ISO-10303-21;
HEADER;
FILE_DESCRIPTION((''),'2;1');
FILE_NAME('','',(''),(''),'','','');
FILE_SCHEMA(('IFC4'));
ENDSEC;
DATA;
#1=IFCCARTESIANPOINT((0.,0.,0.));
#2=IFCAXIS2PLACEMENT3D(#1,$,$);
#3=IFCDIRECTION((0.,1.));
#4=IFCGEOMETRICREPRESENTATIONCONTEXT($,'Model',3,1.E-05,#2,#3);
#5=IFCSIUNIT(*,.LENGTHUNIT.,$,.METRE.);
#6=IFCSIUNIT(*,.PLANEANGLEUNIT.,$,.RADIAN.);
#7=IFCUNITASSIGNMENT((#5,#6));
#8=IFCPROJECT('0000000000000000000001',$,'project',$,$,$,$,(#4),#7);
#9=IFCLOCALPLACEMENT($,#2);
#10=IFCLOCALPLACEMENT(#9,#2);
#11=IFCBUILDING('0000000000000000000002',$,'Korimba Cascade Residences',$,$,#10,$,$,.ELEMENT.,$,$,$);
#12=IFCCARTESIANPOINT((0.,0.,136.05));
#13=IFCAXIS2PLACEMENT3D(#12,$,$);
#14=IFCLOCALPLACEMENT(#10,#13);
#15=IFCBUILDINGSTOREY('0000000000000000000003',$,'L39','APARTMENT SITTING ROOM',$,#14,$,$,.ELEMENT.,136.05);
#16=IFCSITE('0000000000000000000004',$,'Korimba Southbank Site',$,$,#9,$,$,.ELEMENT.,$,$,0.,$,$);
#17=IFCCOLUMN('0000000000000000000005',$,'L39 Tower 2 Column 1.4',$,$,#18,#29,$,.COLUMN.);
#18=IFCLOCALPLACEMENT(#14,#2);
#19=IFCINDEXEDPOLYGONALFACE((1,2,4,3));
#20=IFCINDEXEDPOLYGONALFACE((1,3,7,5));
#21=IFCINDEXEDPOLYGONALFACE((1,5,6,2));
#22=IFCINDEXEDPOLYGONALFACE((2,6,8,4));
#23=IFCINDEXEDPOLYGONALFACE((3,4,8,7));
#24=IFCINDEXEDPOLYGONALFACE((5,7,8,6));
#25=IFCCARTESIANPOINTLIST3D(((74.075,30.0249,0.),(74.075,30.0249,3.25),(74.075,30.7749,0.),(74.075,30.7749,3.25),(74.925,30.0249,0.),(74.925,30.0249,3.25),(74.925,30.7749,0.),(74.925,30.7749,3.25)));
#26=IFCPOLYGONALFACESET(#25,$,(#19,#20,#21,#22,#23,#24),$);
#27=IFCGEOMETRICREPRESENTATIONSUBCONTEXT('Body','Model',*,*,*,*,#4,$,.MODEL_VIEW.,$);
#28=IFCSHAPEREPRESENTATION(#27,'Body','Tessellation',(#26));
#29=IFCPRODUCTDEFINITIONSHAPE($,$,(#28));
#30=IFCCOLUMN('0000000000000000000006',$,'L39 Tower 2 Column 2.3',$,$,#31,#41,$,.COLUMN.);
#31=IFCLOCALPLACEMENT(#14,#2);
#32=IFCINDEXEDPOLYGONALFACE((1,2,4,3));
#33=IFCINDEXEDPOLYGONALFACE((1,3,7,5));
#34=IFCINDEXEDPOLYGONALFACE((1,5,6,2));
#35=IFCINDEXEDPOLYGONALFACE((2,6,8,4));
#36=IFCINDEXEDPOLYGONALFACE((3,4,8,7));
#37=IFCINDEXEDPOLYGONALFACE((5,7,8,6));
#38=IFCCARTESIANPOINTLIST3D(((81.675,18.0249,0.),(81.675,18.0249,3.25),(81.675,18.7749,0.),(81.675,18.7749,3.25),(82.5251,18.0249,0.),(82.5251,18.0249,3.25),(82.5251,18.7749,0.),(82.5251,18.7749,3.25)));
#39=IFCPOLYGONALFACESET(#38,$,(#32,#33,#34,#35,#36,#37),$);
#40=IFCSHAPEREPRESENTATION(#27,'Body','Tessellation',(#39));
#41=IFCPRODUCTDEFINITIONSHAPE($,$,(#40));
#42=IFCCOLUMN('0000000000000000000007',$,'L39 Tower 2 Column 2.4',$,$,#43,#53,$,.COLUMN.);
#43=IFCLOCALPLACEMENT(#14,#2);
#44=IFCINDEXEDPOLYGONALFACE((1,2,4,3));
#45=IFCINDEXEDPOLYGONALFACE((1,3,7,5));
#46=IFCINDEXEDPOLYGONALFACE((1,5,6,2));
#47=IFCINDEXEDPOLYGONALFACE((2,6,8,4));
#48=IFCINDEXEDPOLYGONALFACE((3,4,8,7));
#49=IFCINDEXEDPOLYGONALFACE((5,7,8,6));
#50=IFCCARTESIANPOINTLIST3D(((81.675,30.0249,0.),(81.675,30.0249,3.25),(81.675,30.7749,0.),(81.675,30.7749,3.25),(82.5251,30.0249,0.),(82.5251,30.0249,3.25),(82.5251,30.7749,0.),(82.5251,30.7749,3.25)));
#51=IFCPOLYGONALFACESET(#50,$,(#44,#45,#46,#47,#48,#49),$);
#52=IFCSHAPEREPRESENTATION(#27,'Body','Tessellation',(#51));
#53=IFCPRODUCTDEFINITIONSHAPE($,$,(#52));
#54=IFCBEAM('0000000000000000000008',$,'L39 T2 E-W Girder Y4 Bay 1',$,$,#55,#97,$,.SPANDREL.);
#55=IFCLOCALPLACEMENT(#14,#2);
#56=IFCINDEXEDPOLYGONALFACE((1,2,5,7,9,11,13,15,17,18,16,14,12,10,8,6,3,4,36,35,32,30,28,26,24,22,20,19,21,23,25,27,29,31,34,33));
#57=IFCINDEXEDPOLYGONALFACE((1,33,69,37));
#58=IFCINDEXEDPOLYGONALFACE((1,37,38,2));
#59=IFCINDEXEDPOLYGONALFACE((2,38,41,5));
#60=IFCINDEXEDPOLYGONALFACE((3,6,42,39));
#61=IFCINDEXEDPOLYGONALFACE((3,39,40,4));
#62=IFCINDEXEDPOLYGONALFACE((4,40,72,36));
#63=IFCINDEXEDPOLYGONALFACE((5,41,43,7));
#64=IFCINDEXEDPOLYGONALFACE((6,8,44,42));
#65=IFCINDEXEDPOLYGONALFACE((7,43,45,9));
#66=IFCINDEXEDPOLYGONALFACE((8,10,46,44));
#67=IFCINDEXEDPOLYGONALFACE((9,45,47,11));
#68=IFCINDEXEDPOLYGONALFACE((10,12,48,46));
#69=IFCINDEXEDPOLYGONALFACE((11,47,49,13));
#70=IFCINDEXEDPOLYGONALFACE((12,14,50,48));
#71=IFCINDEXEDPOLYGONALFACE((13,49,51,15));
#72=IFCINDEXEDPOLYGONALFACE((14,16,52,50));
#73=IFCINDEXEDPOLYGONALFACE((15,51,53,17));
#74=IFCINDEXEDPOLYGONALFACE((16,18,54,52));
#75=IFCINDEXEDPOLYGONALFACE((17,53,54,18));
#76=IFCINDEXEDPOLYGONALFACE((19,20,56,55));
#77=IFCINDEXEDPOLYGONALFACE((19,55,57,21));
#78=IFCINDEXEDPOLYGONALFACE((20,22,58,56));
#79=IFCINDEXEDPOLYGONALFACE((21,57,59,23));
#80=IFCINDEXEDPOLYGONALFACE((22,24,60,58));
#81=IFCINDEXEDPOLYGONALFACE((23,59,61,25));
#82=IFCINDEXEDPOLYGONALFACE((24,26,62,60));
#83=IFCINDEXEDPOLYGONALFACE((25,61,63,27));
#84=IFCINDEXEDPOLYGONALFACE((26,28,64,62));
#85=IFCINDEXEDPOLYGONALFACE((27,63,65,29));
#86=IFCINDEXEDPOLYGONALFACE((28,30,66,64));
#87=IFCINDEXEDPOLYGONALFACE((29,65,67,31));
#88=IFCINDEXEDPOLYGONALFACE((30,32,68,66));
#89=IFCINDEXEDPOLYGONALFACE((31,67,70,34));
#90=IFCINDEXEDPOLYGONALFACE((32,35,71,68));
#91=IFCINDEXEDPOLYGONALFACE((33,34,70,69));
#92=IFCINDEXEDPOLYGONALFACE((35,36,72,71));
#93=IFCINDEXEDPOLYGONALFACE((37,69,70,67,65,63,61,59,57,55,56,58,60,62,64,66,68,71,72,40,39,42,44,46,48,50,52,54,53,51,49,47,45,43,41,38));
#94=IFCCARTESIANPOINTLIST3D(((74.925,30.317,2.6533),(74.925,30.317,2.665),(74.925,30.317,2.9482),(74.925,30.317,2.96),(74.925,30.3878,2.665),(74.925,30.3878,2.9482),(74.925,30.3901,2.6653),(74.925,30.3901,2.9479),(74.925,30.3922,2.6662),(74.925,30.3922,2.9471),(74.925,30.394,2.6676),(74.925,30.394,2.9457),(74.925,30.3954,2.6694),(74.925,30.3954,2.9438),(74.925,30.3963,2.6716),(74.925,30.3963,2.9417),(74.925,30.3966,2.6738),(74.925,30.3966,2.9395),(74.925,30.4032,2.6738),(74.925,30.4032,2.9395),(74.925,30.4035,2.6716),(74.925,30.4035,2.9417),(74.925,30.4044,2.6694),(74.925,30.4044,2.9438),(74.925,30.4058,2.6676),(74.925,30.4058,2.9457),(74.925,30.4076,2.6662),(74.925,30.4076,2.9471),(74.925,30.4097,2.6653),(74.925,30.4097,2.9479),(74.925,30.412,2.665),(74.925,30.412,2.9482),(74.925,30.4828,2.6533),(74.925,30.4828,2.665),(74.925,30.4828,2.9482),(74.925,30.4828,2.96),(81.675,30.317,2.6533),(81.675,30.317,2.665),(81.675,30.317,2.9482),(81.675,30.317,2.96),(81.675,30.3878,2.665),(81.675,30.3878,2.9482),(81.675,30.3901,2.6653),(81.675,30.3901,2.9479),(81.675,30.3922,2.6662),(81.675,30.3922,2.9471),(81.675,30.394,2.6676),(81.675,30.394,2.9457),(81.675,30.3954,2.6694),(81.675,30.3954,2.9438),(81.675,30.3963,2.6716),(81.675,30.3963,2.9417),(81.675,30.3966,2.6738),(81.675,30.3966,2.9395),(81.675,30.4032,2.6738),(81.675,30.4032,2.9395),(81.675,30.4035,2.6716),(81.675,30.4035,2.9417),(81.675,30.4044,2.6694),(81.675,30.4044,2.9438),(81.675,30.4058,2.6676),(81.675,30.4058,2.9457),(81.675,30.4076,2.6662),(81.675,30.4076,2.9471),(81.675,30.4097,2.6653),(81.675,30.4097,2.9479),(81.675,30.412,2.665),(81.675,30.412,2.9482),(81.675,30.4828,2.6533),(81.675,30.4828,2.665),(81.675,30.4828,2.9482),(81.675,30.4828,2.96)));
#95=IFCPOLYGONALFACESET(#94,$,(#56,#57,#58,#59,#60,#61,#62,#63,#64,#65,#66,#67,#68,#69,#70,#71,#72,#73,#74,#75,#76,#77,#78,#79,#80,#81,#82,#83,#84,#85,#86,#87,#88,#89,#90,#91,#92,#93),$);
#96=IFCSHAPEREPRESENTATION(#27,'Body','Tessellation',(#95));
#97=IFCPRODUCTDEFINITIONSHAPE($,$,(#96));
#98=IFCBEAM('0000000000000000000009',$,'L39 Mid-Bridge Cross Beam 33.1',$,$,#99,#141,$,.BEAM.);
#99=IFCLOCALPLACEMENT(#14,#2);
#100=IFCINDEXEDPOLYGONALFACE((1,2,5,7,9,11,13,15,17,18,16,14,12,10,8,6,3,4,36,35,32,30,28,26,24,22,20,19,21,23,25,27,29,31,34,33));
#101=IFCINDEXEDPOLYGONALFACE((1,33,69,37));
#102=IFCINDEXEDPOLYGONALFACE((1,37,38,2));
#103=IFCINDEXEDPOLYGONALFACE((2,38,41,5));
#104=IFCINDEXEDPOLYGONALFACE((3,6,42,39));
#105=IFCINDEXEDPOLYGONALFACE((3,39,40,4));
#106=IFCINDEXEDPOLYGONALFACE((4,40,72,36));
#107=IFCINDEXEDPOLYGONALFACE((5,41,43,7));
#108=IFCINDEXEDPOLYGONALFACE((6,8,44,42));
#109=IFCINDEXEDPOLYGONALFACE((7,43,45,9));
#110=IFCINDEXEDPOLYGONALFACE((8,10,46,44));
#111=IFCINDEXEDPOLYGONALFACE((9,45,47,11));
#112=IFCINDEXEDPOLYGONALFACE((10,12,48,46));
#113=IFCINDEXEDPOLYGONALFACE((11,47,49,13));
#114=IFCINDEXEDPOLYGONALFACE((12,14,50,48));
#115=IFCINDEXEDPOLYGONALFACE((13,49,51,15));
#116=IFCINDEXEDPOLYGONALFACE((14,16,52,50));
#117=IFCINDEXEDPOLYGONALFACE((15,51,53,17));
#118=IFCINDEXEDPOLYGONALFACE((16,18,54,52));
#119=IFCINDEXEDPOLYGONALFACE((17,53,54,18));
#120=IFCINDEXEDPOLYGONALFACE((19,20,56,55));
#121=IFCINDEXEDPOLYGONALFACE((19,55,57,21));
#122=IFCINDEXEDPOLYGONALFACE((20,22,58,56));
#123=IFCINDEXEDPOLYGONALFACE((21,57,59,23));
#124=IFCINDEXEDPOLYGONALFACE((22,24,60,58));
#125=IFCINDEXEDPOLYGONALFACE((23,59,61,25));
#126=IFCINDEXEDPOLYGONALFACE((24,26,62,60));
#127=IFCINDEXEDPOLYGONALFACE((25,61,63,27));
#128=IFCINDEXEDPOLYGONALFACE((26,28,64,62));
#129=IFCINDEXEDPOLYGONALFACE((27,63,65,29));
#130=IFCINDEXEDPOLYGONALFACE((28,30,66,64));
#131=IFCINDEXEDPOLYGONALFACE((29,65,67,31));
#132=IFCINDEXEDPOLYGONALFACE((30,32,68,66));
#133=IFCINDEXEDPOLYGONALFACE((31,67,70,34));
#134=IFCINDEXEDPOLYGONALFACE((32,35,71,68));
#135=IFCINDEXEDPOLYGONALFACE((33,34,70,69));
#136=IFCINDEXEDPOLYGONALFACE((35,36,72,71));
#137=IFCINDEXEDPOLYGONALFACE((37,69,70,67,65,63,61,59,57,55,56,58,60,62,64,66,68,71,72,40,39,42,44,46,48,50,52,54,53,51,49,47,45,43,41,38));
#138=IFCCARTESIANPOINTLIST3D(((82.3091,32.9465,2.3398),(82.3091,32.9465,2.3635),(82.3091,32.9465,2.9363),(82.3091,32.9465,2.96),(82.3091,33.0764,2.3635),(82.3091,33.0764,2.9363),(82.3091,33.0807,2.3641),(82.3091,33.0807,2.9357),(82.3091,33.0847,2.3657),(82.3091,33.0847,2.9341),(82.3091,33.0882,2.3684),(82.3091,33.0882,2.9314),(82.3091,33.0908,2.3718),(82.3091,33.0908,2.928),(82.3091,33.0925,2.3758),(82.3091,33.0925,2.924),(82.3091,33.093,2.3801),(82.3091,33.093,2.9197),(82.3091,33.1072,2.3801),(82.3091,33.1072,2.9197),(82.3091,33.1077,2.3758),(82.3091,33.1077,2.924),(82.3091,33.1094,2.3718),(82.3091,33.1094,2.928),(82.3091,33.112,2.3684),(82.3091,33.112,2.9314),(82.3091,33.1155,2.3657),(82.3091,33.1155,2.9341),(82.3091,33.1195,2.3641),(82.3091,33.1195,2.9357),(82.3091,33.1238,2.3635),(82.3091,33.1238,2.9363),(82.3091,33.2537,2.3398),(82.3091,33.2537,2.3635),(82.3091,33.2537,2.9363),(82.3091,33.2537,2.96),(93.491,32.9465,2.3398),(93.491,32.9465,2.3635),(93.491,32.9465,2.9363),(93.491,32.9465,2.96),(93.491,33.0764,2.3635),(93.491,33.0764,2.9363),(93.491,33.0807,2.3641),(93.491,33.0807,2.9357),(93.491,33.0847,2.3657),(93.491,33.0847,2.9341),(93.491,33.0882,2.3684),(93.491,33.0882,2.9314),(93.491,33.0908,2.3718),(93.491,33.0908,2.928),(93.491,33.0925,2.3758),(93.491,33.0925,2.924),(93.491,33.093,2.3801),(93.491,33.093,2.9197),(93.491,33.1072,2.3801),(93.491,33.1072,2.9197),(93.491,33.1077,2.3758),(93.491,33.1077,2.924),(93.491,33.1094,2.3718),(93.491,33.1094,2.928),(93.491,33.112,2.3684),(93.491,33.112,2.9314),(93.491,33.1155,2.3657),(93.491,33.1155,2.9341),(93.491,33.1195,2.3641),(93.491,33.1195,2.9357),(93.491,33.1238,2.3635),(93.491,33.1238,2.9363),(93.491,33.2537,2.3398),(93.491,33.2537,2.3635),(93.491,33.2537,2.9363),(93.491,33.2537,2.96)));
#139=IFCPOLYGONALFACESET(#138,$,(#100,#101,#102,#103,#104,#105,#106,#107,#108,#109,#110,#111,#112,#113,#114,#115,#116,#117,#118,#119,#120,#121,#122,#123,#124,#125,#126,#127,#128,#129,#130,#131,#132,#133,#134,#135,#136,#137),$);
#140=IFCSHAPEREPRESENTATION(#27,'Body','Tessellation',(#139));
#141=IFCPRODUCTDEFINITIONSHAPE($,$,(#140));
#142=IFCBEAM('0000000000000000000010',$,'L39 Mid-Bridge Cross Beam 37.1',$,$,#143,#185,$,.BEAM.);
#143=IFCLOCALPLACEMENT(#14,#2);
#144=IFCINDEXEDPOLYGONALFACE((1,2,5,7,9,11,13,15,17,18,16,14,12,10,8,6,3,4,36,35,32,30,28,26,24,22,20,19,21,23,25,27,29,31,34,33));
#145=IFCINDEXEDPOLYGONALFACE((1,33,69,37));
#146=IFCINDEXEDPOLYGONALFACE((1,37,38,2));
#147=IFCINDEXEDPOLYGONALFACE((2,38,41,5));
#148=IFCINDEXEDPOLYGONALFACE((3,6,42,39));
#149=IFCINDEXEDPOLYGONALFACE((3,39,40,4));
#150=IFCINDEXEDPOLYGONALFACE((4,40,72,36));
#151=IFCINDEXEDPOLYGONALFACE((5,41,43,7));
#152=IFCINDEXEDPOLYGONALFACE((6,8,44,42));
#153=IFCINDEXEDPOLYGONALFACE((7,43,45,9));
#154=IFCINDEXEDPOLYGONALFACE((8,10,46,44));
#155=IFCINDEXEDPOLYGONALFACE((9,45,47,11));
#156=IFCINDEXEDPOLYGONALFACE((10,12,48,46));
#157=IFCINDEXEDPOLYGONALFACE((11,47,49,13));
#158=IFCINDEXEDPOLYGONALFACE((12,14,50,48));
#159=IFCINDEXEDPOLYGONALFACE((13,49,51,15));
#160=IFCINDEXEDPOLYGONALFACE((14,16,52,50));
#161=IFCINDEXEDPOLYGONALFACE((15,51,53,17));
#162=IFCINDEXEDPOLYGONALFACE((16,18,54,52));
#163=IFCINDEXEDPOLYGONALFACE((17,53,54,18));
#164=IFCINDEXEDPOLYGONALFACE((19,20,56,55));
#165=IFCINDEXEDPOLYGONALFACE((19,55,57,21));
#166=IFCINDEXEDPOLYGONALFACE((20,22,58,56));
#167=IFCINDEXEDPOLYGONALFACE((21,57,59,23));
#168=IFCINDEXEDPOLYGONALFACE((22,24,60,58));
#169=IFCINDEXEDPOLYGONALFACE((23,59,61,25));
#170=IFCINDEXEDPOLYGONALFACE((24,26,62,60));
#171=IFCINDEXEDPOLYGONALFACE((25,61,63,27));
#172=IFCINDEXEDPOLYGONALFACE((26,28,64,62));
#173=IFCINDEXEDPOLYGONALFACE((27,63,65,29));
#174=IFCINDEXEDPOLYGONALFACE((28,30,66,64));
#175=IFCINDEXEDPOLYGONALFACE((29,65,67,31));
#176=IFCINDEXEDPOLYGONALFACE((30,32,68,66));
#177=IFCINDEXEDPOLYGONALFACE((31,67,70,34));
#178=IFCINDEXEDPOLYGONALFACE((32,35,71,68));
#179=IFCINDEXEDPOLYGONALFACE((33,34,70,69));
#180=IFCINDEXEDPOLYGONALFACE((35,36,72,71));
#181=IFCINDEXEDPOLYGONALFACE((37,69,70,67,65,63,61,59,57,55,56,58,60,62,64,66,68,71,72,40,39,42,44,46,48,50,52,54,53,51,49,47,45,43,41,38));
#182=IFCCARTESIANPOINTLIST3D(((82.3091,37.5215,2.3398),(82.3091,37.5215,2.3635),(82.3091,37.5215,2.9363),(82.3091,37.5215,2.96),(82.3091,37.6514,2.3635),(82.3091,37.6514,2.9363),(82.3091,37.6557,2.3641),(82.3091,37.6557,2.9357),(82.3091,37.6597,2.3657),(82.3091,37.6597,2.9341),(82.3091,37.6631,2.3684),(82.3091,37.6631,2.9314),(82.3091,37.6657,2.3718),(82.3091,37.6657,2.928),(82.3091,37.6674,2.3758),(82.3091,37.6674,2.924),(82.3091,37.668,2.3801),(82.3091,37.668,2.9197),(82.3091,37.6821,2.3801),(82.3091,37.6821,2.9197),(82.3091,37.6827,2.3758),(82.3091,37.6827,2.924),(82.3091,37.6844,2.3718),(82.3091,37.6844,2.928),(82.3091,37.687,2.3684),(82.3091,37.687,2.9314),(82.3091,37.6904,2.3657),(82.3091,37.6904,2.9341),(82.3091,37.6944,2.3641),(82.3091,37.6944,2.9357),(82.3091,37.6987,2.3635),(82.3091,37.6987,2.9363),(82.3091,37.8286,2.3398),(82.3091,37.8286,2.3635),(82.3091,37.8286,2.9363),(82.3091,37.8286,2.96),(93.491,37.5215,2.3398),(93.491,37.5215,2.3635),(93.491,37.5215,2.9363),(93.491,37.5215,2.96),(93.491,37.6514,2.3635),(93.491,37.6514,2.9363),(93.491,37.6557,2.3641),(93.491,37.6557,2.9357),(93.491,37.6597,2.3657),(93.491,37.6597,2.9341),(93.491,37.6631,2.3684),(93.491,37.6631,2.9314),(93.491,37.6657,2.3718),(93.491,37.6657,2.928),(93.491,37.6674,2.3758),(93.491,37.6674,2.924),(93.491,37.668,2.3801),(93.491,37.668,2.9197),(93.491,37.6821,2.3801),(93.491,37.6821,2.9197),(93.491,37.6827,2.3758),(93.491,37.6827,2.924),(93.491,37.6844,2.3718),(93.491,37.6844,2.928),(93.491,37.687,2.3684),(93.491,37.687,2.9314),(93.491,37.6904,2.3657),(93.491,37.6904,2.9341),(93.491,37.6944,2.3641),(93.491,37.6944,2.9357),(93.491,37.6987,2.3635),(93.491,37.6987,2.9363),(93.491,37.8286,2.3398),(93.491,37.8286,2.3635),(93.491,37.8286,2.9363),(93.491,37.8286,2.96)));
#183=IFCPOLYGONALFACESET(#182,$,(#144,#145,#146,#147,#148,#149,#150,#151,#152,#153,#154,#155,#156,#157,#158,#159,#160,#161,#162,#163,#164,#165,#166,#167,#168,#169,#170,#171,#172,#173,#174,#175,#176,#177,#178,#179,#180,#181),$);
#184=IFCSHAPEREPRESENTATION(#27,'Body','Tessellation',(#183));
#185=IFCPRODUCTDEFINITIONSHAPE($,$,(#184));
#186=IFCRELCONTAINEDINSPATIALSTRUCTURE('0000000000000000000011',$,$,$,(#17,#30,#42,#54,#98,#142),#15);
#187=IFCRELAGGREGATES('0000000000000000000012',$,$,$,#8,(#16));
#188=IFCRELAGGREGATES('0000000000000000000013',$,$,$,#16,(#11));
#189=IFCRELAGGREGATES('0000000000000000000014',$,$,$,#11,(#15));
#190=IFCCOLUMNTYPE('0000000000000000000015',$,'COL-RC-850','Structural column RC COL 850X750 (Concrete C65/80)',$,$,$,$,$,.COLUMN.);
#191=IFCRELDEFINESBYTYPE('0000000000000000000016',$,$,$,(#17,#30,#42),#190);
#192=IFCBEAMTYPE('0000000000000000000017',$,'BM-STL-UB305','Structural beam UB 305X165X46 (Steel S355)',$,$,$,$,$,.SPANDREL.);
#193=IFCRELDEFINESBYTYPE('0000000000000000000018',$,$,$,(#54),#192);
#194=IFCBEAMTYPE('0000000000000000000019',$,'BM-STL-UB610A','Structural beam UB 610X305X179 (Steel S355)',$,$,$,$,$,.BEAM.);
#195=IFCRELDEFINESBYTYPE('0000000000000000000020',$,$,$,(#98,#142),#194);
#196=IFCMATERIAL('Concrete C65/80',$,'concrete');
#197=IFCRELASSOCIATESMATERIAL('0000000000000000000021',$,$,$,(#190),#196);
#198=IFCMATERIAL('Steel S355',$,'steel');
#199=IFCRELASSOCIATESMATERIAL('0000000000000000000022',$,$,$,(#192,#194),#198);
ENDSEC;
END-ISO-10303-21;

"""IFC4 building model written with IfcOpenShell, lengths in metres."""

from ifc_helpers import new_model, si_unit, direction, frame, origin, origin_2d, place, context, subcontext, project, spatial, rectangle, i_section, extrude, material, material_profile, profile_set, type_object, element, save


model = new_model("IFC4")

# Units and contexts
model_context = context("Model", 3, precision=1e-05, world=origin(), true_north=direction((0.0, 1.0)))
body_context = subcontext(model_context, "Body", "Model", "MODEL_VIEW")
ifc_project = project(units=[si_unit("LENGTHUNIT", "METRE"), si_unit("PLANEANGLEUNIT", "RADIAN")], contexts=[model_context])

# Site, building, storey
site_placement = place(None, origin())
site = spatial("IfcSite", under=ifc_project, at=site_placement, Name="Korimba Southbank Site", CompositionType="ELEMENT", RefElevation=0.0)
building_placement = place(site_placement, origin())
building = spatial("IfcBuilding", under=site, at=building_placement, Name="Korimba Cascade Residences", CompositionType="ELEMENT")
storey_placement = place(building_placement, frame((0.0, 0.0, 136.05)))
storey = spatial("IfcBuildingStorey", under=building, at=storey_placement, Name="L39", Description="APARTMENT SITTING ROOM", CompositionType="ELEMENT", Elevation=136.05)

# Columns
ifc_material_1 = material(Name="Concrete C65/80", Category="concrete")
ifc_material_profile_1 = material_profile(ifc_material_1, rectangle(XDim=0.8501, YDim=0.75, at=origin_2d()), Name="Concrete C65/80")
ifc_profile_set_1 = profile_set([ifc_material_profile_1], Name="Concrete C65/80")
column_type = type_object("IfcColumnType", Name="COL-RC-850", Description="Structural column RC COL 850X750 (Concrete C65/80)", PredefinedType="COLUMN", material=ifc_profile_set_1)
for number, where, z_axis, x_axis, name in (
    (1, (74.5, 30.3999, 0.0), (0.0, 0.0, 1.0), (1.0, 0.0, 0.0), "L39 Tower 2 Column 1.4"),
    (2, (82.1001, 18.3999, 0.0), (0.0, 0.0, 1.0), (1.0, 0.0, 0.0), "L39 Tower 2 Column 2.3"),
    (3, (82.1001, 30.3999, 0.0), (0.0, 0.0, 1.0), (1.0, 0.0, 0.0), "L39 Tower 2 Column 2.4"),
):
    element("IfcColumn", number, at=place(storey_placement, frame(where, z_axis=z_axis, x_axis=x_axis)), inside=storey, type_object=column_type, Name=name, PredefinedType="COLUMN", context=body_context, shape_type="SweptSolid", body=[
        extrude(rectangle(XDim=0.8501, YDim=0.75, at=origin_2d()), origin(), (0.0, 0.0, 1.0), 3.25),
    ])

# Beams
ifc_material_2 = material(Name="Steel S355", Category="steel")
ifc_material_profile_2 = material_profile(ifc_material_2, i_section(OverallWidth=0.1658, OverallDepth=0.3066, WebThickness=0.0066, FlangeThickness=0.0117, FilletRadius=0.0088, at=origin_2d()), Name="Steel S355")
ifc_profile_set_2 = profile_set([ifc_material_profile_2], Name="Steel S355")
beam_type_1 = type_object("IfcBeamType", Name="BM-STL-UB305", Description="Structural beam UB 305X165X46 (Steel S355)", PredefinedType="SPANDREL", material=ifc_profile_set_2)
beam_1_placement = place(storey_placement, frame((74.925, 30.3999, 2.8066), z_axis=(1.0, 0.0, 0.0), x_axis=(0.0, 1.0, 0.0)))
element("IfcBeam", 4, at=beam_1_placement, inside=storey, type_object=beam_type_1, Name="L39 T2 E-W Girder Y4 Bay 1", PredefinedType="SPANDREL", context=body_context, shape_type="SweptSolid", body=[
    extrude(i_section(OverallWidth=0.1658, OverallDepth=0.3066, WebThickness=0.0066, FlangeThickness=0.0117, FilletRadius=0.0088, at=origin_2d()), origin(), (0.0, 0.0, 1.0), 6.75),
])
ifc_material_profile_3 = material_profile(ifc_material_2, i_section(OverallWidth=0.3071, OverallDepth=0.6201, WebThickness=0.0142, FlangeThickness=0.0237, FilletRadius=0.0166, at=origin_2d()), Name="Steel S355")
ifc_profile_set_3 = profile_set([ifc_material_profile_3], Name="Steel S355")
beam_type_2 = type_object("IfcBeamType", Name="BM-STL-UB610A", Description="Structural beam UB 610X305X179 (Steel S355)", PredefinedType="BEAM", material=ifc_profile_set_3)
for number, where, z_axis, x_axis, name in (
    (5, (82.3091, 33.1001, 2.6499), (1.0, 0.0, 0.0), (0.0, 1.0, 0.0), "L39 Mid-Bridge Cross Beam 33.1"),
    (6, (82.3091, 37.675, 2.6499), (1.0, 0.0, 0.0), (0.0, 1.0, 0.0), "L39 Mid-Bridge Cross Beam 37.1"),
):
    element("IfcBeam", number, at=place(storey_placement, frame(where, z_axis=z_axis, x_axis=x_axis)), inside=storey, type_object=beam_type_2, Name=name, PredefinedType="BEAM", context=body_context, shape_type="SweptSolid", body=[
        extrude(i_section(OverallWidth=0.3071, OverallDepth=0.6201, WebThickness=0.0142, FlangeThickness=0.0237, FilletRadius=0.0166, at=origin_2d()), origin(), (0.0, 0.0, 1.0), 11.1819),
    ])

save(model, "model.ifc")
